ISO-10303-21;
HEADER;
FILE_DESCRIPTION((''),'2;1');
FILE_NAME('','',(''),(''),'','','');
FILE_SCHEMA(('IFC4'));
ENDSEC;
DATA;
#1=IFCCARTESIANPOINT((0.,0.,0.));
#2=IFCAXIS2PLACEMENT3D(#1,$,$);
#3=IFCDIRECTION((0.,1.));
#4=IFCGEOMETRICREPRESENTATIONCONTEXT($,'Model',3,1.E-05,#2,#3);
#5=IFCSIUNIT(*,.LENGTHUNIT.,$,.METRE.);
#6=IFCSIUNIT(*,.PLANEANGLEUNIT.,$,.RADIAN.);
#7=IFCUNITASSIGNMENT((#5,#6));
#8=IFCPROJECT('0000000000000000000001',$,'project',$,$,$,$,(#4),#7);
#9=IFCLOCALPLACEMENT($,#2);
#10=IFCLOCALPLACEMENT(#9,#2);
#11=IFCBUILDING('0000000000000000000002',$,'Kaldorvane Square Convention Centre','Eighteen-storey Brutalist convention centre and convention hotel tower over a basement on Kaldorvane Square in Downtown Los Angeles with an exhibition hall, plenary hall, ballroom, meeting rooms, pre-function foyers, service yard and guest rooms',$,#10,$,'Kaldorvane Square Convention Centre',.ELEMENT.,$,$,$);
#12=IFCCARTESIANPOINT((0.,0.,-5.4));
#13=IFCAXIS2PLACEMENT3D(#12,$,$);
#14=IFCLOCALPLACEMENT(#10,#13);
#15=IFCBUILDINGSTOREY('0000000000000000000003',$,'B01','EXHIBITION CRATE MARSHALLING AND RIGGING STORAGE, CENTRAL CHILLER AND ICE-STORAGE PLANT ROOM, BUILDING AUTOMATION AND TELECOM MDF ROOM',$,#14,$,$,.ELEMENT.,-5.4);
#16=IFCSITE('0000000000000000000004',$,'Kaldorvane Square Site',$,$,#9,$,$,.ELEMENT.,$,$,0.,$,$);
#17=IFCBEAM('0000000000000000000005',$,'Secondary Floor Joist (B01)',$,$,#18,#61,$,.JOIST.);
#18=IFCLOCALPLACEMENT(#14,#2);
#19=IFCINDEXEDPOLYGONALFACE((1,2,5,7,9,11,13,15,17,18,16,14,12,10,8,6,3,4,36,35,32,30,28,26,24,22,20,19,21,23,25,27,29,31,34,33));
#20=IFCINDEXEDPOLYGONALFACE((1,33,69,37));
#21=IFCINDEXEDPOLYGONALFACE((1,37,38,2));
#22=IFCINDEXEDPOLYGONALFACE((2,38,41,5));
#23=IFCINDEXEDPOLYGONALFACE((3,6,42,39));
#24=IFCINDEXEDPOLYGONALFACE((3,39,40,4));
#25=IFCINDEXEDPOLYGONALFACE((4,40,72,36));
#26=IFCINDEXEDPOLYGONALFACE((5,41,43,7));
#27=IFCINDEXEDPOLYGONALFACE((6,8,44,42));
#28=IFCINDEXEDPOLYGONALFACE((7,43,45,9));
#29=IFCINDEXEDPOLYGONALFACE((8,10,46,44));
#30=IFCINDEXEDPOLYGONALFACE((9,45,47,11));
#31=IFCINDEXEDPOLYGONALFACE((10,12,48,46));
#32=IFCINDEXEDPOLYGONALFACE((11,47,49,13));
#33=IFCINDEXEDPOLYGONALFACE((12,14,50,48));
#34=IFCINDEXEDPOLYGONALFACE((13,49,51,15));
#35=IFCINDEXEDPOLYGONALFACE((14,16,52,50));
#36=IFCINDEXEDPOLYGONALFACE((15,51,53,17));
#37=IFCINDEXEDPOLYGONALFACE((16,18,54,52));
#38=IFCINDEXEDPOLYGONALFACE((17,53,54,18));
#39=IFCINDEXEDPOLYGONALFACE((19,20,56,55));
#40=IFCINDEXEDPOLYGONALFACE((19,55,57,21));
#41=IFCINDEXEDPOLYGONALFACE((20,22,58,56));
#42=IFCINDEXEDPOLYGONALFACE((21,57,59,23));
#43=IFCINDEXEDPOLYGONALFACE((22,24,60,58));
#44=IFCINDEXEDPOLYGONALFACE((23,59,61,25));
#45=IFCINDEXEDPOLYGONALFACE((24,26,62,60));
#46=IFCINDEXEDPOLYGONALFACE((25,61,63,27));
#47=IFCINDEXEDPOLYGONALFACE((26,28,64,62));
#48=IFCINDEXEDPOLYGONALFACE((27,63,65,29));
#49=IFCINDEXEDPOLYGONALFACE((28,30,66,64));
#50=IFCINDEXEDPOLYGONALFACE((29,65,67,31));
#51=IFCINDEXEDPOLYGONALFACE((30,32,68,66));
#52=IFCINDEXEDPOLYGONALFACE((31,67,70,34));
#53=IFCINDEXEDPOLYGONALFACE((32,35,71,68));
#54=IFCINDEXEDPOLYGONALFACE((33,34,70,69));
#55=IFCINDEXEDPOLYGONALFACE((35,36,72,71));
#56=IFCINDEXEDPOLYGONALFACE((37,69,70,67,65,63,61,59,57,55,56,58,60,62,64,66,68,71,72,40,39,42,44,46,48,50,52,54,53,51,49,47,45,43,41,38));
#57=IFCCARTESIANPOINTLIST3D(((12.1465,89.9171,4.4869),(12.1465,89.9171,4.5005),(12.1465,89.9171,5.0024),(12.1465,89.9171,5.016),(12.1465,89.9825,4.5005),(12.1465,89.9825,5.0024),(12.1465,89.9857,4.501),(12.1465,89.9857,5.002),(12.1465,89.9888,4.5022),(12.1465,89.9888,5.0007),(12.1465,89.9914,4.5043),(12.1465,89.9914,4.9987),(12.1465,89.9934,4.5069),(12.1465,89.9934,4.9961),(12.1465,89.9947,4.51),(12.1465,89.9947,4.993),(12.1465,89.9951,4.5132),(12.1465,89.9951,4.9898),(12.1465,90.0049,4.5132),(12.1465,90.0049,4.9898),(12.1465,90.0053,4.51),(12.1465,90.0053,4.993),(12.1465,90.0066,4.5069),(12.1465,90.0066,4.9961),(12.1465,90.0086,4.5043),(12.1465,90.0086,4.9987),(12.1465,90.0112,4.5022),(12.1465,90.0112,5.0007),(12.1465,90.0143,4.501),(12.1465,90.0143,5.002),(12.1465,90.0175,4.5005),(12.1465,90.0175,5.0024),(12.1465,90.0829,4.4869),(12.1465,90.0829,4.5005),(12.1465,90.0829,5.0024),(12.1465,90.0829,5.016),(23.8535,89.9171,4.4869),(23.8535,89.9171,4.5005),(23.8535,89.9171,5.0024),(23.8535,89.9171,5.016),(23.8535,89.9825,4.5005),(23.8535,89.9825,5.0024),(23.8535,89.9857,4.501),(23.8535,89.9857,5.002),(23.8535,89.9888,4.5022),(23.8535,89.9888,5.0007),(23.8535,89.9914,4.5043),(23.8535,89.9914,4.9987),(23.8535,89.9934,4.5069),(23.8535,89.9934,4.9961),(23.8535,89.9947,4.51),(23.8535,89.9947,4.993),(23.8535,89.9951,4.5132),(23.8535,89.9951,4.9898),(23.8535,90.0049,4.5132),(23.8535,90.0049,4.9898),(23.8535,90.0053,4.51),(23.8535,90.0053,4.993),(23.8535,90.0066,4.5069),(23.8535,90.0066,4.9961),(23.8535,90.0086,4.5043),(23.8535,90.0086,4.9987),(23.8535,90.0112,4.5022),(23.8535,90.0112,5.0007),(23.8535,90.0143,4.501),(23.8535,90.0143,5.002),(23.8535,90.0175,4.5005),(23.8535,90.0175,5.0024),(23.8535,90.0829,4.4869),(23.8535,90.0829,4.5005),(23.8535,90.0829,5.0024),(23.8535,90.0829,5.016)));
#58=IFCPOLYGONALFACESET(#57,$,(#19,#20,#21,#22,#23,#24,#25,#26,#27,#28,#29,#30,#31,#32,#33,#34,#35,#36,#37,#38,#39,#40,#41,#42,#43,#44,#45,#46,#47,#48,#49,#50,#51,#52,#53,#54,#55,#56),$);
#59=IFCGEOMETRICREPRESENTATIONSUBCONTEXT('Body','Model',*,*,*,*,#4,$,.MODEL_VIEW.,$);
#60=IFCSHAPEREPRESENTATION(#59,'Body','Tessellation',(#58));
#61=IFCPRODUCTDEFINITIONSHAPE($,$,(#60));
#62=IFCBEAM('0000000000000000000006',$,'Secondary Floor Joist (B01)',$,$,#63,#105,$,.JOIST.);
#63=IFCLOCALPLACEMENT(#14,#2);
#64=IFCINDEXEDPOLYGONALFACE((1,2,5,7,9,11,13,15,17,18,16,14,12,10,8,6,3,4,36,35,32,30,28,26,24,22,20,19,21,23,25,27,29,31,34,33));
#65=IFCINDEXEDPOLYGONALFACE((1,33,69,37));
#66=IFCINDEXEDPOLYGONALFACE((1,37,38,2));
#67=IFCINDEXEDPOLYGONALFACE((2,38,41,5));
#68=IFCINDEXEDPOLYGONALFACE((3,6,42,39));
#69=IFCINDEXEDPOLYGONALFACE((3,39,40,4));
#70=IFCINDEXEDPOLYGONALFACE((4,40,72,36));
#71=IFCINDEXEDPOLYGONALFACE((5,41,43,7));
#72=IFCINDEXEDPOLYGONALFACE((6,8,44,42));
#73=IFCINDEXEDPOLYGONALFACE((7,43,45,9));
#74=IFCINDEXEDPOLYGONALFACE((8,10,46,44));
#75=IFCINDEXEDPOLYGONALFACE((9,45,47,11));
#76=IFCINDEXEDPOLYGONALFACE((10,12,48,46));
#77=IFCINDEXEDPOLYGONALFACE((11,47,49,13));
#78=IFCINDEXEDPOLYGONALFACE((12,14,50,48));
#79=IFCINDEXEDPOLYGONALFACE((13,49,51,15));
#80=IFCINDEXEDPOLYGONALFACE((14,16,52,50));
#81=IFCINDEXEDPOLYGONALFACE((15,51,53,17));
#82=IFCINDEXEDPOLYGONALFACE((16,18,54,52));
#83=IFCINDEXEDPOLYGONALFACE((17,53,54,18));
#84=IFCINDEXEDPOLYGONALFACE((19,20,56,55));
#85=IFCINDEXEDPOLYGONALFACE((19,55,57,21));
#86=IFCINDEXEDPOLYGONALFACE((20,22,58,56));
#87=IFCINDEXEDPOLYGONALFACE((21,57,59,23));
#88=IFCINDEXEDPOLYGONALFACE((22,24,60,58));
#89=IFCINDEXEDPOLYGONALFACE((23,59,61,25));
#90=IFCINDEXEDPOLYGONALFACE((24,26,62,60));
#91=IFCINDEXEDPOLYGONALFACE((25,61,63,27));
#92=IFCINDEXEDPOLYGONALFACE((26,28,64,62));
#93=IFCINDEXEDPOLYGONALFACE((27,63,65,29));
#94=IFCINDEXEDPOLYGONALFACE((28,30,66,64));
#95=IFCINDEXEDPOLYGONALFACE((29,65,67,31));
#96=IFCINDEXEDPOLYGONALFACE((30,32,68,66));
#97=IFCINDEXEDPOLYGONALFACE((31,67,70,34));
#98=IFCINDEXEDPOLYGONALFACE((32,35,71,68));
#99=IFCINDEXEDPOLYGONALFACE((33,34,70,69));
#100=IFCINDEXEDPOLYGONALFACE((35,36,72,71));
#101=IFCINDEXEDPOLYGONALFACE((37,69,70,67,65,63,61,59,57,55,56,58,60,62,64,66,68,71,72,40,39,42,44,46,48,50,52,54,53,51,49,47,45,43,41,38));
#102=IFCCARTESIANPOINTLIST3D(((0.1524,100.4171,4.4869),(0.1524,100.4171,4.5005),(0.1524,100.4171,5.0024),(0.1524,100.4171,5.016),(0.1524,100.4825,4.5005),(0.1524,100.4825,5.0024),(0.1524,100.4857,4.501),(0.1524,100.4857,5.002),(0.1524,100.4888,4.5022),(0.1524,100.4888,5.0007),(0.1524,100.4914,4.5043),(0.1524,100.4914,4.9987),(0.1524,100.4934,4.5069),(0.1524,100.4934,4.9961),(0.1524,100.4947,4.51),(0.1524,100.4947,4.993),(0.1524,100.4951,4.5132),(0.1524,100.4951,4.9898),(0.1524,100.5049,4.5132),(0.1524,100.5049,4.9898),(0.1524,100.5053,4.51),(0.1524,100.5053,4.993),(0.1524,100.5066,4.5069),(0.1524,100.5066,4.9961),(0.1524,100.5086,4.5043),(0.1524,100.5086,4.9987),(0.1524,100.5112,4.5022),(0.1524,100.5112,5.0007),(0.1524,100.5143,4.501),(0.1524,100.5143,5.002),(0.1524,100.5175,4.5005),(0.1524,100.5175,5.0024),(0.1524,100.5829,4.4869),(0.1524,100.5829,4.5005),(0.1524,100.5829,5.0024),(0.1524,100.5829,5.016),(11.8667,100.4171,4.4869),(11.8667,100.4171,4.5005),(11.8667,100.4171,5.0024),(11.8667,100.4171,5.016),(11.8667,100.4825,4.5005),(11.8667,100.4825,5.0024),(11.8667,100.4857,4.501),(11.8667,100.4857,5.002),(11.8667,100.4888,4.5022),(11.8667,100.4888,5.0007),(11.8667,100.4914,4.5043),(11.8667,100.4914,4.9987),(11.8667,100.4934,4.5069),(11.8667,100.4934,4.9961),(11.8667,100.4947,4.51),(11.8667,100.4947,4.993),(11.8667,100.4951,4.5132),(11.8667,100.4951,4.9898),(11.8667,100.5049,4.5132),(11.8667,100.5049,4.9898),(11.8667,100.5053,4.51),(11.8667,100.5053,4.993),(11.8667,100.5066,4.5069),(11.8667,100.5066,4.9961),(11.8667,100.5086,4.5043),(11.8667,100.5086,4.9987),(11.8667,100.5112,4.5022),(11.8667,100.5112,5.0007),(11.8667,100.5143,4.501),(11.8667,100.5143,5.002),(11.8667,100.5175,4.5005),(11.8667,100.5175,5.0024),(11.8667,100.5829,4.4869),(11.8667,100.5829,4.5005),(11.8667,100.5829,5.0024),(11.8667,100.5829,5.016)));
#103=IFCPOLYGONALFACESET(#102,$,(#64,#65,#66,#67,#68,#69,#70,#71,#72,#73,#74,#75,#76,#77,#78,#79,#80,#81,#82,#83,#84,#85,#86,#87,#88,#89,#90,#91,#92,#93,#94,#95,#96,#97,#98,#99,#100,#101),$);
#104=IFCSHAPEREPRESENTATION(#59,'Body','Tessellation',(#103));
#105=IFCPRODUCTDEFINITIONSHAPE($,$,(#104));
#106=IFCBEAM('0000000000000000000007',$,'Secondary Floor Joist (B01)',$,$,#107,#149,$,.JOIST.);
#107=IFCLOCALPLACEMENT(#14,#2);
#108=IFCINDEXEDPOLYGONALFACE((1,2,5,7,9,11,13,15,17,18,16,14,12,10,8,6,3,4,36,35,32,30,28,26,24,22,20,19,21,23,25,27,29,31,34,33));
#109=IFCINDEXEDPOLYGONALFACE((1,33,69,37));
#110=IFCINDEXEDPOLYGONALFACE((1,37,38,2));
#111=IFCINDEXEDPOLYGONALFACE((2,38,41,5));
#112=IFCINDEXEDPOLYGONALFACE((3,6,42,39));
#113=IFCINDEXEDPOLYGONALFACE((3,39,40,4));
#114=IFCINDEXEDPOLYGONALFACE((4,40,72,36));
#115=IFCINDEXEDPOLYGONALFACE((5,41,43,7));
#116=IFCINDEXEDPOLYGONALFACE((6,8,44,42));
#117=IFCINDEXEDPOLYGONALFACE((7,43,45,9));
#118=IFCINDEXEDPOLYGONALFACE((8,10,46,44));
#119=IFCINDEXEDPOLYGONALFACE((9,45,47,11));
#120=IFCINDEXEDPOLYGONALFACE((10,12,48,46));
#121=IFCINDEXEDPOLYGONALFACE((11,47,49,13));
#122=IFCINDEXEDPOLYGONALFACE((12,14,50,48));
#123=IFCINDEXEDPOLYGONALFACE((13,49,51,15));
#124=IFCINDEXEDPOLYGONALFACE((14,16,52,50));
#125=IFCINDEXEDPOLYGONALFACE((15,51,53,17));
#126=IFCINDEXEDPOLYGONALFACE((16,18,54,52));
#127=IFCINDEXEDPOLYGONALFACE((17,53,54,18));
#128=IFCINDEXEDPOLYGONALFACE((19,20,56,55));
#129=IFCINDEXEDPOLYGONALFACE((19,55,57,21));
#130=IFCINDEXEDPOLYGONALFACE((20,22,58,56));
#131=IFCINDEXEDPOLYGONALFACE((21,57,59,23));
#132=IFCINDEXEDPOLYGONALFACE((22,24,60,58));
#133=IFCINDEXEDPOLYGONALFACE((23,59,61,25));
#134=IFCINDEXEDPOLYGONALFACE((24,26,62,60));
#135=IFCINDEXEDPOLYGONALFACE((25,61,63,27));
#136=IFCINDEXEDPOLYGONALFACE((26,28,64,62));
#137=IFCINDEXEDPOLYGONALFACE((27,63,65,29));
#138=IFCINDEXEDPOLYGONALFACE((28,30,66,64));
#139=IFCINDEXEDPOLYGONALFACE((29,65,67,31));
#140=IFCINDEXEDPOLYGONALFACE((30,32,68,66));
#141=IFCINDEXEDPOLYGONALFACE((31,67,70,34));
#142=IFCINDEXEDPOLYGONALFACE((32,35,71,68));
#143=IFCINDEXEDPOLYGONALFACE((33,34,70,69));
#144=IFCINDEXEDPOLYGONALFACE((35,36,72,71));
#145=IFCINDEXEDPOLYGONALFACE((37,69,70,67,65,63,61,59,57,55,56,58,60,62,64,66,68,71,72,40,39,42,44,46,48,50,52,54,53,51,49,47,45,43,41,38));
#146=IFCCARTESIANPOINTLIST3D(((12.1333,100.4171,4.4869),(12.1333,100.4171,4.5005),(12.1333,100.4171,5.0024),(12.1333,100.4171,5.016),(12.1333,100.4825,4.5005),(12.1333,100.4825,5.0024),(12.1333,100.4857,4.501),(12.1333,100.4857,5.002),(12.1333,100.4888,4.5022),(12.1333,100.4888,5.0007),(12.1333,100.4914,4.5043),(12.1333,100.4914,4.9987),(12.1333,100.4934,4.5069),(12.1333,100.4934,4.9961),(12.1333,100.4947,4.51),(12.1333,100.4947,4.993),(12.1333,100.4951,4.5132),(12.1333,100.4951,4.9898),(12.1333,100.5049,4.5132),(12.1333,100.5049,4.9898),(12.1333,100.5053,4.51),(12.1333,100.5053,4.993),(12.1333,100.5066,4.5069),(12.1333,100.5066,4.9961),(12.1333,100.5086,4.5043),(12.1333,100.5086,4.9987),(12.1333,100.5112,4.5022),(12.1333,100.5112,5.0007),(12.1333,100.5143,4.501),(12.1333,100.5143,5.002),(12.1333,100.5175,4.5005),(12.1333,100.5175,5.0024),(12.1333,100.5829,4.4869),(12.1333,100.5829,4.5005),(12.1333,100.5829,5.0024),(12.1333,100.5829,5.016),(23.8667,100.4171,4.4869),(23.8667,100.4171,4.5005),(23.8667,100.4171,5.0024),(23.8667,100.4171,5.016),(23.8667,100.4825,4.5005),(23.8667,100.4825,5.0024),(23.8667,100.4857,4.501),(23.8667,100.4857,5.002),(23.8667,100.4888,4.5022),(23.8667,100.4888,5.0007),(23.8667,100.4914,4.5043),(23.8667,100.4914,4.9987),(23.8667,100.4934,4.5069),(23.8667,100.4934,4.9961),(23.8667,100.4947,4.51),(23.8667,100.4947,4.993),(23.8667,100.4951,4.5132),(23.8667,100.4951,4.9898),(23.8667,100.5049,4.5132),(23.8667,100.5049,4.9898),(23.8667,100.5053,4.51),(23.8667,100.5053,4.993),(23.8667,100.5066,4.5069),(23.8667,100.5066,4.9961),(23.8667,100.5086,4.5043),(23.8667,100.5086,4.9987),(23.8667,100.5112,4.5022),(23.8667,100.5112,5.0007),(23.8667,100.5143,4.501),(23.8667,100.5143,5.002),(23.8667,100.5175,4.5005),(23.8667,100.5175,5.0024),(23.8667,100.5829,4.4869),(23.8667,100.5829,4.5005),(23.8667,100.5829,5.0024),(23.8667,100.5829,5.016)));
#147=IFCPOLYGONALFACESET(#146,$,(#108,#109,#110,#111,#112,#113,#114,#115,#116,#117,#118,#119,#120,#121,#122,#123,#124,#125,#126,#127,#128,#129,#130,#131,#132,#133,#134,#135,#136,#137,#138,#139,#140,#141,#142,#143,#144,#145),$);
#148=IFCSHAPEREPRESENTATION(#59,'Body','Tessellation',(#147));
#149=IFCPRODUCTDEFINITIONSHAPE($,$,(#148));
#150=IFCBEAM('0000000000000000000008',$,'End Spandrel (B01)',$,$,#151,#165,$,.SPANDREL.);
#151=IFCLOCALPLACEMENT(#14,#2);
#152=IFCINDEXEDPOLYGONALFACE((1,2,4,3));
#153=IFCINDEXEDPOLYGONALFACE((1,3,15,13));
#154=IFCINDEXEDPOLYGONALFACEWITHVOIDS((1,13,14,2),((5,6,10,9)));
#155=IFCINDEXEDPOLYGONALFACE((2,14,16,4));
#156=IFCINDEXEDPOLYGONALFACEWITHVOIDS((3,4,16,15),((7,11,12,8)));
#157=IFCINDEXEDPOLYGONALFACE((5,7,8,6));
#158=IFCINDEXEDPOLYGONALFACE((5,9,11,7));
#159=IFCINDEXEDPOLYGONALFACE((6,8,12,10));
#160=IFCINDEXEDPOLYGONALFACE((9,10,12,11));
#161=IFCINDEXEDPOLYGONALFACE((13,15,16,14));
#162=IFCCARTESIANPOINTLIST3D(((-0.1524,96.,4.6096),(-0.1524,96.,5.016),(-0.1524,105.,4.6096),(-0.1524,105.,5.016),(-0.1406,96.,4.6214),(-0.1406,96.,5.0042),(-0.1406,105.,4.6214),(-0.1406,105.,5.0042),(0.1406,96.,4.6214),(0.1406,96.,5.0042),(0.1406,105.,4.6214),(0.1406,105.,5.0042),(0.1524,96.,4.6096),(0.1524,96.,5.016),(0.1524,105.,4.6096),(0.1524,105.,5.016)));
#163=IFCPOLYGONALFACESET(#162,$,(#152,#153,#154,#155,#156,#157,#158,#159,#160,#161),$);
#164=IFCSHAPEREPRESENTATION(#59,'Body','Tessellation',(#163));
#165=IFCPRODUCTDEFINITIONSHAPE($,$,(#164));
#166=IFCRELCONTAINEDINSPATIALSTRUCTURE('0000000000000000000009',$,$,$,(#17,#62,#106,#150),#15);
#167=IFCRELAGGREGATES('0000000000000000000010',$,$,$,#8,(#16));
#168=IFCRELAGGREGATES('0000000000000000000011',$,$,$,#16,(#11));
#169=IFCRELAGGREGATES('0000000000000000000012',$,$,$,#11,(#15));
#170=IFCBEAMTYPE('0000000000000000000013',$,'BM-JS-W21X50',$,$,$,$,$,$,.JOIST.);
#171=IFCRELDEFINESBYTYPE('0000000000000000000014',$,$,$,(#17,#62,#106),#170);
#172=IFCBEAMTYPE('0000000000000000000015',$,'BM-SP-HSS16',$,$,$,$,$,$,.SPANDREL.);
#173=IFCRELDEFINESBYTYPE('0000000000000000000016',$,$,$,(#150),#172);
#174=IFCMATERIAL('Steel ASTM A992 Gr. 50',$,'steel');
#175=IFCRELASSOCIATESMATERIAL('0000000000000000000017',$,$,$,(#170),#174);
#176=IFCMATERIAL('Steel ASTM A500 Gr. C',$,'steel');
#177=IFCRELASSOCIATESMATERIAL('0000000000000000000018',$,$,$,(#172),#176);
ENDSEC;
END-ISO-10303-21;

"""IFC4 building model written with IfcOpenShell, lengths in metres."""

from ifc_helpers import new_model, si_unit, direction, frame, origin, origin_2d, place, context, subcontext, project, spatial, hollow_rectangle, i_section, extrude, material, material_profile, profile_set, type_object, element, save


model = new_model("IFC4")

# Units and contexts
model_context = context("Model", 3, precision=1e-05, world=origin(), true_north=direction((0.0, 1.0)))
body_context = subcontext(model_context, "Body", "Model", "MODEL_VIEW")
ifc_project = project(units=[si_unit("LENGTHUNIT", "METRE"), si_unit("PLANEANGLEUNIT", "RADIAN")], contexts=[model_context])

# Site, building, storey
site_placement = place(None, origin())
site = spatial("IfcSite", under=ifc_project, at=site_placement, Name="Kaldorvane Square Site", CompositionType="ELEMENT", RefElevation=0.0)
building_placement = place(site_placement, origin())
building = spatial("IfcBuilding", under=site, at=building_placement, Name="Kaldorvane Square Convention Centre", Description="Eighteen-storey Brutalist convention centre and convention hotel tower over a basement on Kaldorvane Square in Downtown Los Angeles with an exhibition hall, plenary hall, ballroom, meeting rooms, pre-function foyers, service yard and guest rooms", LongName="Kaldorvane Square Convention Centre", CompositionType="ELEMENT")
storey_placement = place(building_placement, frame((0.0, 0.0, -5.4)))
storey = spatial("IfcBuildingStorey", under=building, at=storey_placement, Name="B01", Description="EXHIBITION CRATE MARSHALLING AND RIGGING STORAGE, CENTRAL CHILLER AND ICE-STORAGE PLANT ROOM, BUILDING AUTOMATION AND TELECOM MDF ROOM", CompositionType="ELEMENT", Elevation=-5.4)

# Shared definitions
ifc_material_1 = material(Name="Steel ASTM A992 Gr. 50", Category="steel")

# Beams
ifc_material_profile_1 = material_profile(ifc_material_1, i_section(OverallWidth=0.1659, OverallDepth=0.5291, WebThickness=0.0097, FlangeThickness=0.0136, FilletRadius=0.0127, at=origin_2d()), Name="W21X50")
ifc_profile_set_1 = profile_set([ifc_material_profile_1], Name="Steel ASTM A992 Gr. 50")
beam_type_1 = type_object("IfcBeamType", Name="BM-JS-W21X50", PredefinedType="JOIST", material=ifc_profile_set_1)
beam_1_placement = place(storey_placement, frame((12.1465, 90.0, 4.7515), z_axis=(1.0, 0.0, 0.0), x_axis=(0.0, 1.0, 0.0)))
element("IfcBeam", 1, at=beam_1_placement, inside=storey, type_object=beam_type_1, Name="Secondary Floor Joist (B01)", PredefinedType="JOIST", context=body_context, shape_type="SweptSolid", body=[
    extrude(i_section(OverallWidth=0.1659, OverallDepth=0.5291, WebThickness=0.0097, FlangeThickness=0.0136, FilletRadius=0.0127, at=origin_2d()), origin(), (0.0, 0.0, 1.0), 11.707),
])
beam_2_placement = place(storey_placement, frame((0.1524, 100.5, 4.7515), z_axis=(1.0, 0.0, 0.0), x_axis=(0.0, 1.0, 0.0)))
element("IfcBeam", 2, at=beam_2_placement, inside=storey, type_object=beam_type_1, Name="Secondary Floor Joist (B01)", PredefinedType="JOIST", context=body_context, shape_type="SweptSolid", body=[
    extrude(i_section(OverallWidth=0.1659, OverallDepth=0.5291, WebThickness=0.0097, FlangeThickness=0.0136, FilletRadius=0.0127, at=origin_2d()), origin(), (0.0, 0.0, 1.0), 11.7143),
])
beam_3_placement = place(storey_placement, frame((12.1333, 100.5, 4.7515), z_axis=(1.0, 0.0, 0.0), x_axis=(0.0, 1.0, 0.0)))
element("IfcBeam", 3, at=beam_3_placement, inside=storey, type_object=beam_type_1, Name="Secondary Floor Joist (B01)", PredefinedType="JOIST", context=body_context, shape_type="SweptSolid", body=[
    extrude(i_section(OverallWidth=0.1659, OverallDepth=0.5291, WebThickness=0.0097, FlangeThickness=0.0136, FilletRadius=0.0127, at=origin_2d()), origin(), (0.0, 0.0, 1.0), 11.7334),
])
ifc_material_2 = material(Name="Steel ASTM A500 Gr. C", Category="steel")
ifc_material_profile_2 = material_profile(ifc_material_2, hollow_rectangle(XDim=0.3048, YDim=0.4064, WallThickness=0.0118, at=origin_2d()), Name="HSS16X12X1/2")
ifc_profile_set_2 = profile_set([ifc_material_profile_2], Name="Steel ASTM A500 Gr. C")
beam_type_2 = type_object("IfcBeamType", Name="BM-SP-HSS16", PredefinedType="SPANDREL", material=ifc_profile_set_2)
beam_4_placement = place(storey_placement, frame((0.0, 96.0, 4.8128), z_axis=(0.0, 1.0, 0.0), x_axis=(-1.0, 0.0, 0.0)))
element("IfcBeam", 4, at=beam_4_placement, inside=storey, type_object=beam_type_2, Name="End Spandrel (B01)", PredefinedType="SPANDREL", context=body_context, shape_type="SweptSolid", body=[
    extrude(hollow_rectangle(XDim=0.3048, YDim=0.4064, WallThickness=0.0118, at=origin_2d()), origin(), (0.0, 0.0, 1.0), 9.0),
])

save(model, "model.ifc")
